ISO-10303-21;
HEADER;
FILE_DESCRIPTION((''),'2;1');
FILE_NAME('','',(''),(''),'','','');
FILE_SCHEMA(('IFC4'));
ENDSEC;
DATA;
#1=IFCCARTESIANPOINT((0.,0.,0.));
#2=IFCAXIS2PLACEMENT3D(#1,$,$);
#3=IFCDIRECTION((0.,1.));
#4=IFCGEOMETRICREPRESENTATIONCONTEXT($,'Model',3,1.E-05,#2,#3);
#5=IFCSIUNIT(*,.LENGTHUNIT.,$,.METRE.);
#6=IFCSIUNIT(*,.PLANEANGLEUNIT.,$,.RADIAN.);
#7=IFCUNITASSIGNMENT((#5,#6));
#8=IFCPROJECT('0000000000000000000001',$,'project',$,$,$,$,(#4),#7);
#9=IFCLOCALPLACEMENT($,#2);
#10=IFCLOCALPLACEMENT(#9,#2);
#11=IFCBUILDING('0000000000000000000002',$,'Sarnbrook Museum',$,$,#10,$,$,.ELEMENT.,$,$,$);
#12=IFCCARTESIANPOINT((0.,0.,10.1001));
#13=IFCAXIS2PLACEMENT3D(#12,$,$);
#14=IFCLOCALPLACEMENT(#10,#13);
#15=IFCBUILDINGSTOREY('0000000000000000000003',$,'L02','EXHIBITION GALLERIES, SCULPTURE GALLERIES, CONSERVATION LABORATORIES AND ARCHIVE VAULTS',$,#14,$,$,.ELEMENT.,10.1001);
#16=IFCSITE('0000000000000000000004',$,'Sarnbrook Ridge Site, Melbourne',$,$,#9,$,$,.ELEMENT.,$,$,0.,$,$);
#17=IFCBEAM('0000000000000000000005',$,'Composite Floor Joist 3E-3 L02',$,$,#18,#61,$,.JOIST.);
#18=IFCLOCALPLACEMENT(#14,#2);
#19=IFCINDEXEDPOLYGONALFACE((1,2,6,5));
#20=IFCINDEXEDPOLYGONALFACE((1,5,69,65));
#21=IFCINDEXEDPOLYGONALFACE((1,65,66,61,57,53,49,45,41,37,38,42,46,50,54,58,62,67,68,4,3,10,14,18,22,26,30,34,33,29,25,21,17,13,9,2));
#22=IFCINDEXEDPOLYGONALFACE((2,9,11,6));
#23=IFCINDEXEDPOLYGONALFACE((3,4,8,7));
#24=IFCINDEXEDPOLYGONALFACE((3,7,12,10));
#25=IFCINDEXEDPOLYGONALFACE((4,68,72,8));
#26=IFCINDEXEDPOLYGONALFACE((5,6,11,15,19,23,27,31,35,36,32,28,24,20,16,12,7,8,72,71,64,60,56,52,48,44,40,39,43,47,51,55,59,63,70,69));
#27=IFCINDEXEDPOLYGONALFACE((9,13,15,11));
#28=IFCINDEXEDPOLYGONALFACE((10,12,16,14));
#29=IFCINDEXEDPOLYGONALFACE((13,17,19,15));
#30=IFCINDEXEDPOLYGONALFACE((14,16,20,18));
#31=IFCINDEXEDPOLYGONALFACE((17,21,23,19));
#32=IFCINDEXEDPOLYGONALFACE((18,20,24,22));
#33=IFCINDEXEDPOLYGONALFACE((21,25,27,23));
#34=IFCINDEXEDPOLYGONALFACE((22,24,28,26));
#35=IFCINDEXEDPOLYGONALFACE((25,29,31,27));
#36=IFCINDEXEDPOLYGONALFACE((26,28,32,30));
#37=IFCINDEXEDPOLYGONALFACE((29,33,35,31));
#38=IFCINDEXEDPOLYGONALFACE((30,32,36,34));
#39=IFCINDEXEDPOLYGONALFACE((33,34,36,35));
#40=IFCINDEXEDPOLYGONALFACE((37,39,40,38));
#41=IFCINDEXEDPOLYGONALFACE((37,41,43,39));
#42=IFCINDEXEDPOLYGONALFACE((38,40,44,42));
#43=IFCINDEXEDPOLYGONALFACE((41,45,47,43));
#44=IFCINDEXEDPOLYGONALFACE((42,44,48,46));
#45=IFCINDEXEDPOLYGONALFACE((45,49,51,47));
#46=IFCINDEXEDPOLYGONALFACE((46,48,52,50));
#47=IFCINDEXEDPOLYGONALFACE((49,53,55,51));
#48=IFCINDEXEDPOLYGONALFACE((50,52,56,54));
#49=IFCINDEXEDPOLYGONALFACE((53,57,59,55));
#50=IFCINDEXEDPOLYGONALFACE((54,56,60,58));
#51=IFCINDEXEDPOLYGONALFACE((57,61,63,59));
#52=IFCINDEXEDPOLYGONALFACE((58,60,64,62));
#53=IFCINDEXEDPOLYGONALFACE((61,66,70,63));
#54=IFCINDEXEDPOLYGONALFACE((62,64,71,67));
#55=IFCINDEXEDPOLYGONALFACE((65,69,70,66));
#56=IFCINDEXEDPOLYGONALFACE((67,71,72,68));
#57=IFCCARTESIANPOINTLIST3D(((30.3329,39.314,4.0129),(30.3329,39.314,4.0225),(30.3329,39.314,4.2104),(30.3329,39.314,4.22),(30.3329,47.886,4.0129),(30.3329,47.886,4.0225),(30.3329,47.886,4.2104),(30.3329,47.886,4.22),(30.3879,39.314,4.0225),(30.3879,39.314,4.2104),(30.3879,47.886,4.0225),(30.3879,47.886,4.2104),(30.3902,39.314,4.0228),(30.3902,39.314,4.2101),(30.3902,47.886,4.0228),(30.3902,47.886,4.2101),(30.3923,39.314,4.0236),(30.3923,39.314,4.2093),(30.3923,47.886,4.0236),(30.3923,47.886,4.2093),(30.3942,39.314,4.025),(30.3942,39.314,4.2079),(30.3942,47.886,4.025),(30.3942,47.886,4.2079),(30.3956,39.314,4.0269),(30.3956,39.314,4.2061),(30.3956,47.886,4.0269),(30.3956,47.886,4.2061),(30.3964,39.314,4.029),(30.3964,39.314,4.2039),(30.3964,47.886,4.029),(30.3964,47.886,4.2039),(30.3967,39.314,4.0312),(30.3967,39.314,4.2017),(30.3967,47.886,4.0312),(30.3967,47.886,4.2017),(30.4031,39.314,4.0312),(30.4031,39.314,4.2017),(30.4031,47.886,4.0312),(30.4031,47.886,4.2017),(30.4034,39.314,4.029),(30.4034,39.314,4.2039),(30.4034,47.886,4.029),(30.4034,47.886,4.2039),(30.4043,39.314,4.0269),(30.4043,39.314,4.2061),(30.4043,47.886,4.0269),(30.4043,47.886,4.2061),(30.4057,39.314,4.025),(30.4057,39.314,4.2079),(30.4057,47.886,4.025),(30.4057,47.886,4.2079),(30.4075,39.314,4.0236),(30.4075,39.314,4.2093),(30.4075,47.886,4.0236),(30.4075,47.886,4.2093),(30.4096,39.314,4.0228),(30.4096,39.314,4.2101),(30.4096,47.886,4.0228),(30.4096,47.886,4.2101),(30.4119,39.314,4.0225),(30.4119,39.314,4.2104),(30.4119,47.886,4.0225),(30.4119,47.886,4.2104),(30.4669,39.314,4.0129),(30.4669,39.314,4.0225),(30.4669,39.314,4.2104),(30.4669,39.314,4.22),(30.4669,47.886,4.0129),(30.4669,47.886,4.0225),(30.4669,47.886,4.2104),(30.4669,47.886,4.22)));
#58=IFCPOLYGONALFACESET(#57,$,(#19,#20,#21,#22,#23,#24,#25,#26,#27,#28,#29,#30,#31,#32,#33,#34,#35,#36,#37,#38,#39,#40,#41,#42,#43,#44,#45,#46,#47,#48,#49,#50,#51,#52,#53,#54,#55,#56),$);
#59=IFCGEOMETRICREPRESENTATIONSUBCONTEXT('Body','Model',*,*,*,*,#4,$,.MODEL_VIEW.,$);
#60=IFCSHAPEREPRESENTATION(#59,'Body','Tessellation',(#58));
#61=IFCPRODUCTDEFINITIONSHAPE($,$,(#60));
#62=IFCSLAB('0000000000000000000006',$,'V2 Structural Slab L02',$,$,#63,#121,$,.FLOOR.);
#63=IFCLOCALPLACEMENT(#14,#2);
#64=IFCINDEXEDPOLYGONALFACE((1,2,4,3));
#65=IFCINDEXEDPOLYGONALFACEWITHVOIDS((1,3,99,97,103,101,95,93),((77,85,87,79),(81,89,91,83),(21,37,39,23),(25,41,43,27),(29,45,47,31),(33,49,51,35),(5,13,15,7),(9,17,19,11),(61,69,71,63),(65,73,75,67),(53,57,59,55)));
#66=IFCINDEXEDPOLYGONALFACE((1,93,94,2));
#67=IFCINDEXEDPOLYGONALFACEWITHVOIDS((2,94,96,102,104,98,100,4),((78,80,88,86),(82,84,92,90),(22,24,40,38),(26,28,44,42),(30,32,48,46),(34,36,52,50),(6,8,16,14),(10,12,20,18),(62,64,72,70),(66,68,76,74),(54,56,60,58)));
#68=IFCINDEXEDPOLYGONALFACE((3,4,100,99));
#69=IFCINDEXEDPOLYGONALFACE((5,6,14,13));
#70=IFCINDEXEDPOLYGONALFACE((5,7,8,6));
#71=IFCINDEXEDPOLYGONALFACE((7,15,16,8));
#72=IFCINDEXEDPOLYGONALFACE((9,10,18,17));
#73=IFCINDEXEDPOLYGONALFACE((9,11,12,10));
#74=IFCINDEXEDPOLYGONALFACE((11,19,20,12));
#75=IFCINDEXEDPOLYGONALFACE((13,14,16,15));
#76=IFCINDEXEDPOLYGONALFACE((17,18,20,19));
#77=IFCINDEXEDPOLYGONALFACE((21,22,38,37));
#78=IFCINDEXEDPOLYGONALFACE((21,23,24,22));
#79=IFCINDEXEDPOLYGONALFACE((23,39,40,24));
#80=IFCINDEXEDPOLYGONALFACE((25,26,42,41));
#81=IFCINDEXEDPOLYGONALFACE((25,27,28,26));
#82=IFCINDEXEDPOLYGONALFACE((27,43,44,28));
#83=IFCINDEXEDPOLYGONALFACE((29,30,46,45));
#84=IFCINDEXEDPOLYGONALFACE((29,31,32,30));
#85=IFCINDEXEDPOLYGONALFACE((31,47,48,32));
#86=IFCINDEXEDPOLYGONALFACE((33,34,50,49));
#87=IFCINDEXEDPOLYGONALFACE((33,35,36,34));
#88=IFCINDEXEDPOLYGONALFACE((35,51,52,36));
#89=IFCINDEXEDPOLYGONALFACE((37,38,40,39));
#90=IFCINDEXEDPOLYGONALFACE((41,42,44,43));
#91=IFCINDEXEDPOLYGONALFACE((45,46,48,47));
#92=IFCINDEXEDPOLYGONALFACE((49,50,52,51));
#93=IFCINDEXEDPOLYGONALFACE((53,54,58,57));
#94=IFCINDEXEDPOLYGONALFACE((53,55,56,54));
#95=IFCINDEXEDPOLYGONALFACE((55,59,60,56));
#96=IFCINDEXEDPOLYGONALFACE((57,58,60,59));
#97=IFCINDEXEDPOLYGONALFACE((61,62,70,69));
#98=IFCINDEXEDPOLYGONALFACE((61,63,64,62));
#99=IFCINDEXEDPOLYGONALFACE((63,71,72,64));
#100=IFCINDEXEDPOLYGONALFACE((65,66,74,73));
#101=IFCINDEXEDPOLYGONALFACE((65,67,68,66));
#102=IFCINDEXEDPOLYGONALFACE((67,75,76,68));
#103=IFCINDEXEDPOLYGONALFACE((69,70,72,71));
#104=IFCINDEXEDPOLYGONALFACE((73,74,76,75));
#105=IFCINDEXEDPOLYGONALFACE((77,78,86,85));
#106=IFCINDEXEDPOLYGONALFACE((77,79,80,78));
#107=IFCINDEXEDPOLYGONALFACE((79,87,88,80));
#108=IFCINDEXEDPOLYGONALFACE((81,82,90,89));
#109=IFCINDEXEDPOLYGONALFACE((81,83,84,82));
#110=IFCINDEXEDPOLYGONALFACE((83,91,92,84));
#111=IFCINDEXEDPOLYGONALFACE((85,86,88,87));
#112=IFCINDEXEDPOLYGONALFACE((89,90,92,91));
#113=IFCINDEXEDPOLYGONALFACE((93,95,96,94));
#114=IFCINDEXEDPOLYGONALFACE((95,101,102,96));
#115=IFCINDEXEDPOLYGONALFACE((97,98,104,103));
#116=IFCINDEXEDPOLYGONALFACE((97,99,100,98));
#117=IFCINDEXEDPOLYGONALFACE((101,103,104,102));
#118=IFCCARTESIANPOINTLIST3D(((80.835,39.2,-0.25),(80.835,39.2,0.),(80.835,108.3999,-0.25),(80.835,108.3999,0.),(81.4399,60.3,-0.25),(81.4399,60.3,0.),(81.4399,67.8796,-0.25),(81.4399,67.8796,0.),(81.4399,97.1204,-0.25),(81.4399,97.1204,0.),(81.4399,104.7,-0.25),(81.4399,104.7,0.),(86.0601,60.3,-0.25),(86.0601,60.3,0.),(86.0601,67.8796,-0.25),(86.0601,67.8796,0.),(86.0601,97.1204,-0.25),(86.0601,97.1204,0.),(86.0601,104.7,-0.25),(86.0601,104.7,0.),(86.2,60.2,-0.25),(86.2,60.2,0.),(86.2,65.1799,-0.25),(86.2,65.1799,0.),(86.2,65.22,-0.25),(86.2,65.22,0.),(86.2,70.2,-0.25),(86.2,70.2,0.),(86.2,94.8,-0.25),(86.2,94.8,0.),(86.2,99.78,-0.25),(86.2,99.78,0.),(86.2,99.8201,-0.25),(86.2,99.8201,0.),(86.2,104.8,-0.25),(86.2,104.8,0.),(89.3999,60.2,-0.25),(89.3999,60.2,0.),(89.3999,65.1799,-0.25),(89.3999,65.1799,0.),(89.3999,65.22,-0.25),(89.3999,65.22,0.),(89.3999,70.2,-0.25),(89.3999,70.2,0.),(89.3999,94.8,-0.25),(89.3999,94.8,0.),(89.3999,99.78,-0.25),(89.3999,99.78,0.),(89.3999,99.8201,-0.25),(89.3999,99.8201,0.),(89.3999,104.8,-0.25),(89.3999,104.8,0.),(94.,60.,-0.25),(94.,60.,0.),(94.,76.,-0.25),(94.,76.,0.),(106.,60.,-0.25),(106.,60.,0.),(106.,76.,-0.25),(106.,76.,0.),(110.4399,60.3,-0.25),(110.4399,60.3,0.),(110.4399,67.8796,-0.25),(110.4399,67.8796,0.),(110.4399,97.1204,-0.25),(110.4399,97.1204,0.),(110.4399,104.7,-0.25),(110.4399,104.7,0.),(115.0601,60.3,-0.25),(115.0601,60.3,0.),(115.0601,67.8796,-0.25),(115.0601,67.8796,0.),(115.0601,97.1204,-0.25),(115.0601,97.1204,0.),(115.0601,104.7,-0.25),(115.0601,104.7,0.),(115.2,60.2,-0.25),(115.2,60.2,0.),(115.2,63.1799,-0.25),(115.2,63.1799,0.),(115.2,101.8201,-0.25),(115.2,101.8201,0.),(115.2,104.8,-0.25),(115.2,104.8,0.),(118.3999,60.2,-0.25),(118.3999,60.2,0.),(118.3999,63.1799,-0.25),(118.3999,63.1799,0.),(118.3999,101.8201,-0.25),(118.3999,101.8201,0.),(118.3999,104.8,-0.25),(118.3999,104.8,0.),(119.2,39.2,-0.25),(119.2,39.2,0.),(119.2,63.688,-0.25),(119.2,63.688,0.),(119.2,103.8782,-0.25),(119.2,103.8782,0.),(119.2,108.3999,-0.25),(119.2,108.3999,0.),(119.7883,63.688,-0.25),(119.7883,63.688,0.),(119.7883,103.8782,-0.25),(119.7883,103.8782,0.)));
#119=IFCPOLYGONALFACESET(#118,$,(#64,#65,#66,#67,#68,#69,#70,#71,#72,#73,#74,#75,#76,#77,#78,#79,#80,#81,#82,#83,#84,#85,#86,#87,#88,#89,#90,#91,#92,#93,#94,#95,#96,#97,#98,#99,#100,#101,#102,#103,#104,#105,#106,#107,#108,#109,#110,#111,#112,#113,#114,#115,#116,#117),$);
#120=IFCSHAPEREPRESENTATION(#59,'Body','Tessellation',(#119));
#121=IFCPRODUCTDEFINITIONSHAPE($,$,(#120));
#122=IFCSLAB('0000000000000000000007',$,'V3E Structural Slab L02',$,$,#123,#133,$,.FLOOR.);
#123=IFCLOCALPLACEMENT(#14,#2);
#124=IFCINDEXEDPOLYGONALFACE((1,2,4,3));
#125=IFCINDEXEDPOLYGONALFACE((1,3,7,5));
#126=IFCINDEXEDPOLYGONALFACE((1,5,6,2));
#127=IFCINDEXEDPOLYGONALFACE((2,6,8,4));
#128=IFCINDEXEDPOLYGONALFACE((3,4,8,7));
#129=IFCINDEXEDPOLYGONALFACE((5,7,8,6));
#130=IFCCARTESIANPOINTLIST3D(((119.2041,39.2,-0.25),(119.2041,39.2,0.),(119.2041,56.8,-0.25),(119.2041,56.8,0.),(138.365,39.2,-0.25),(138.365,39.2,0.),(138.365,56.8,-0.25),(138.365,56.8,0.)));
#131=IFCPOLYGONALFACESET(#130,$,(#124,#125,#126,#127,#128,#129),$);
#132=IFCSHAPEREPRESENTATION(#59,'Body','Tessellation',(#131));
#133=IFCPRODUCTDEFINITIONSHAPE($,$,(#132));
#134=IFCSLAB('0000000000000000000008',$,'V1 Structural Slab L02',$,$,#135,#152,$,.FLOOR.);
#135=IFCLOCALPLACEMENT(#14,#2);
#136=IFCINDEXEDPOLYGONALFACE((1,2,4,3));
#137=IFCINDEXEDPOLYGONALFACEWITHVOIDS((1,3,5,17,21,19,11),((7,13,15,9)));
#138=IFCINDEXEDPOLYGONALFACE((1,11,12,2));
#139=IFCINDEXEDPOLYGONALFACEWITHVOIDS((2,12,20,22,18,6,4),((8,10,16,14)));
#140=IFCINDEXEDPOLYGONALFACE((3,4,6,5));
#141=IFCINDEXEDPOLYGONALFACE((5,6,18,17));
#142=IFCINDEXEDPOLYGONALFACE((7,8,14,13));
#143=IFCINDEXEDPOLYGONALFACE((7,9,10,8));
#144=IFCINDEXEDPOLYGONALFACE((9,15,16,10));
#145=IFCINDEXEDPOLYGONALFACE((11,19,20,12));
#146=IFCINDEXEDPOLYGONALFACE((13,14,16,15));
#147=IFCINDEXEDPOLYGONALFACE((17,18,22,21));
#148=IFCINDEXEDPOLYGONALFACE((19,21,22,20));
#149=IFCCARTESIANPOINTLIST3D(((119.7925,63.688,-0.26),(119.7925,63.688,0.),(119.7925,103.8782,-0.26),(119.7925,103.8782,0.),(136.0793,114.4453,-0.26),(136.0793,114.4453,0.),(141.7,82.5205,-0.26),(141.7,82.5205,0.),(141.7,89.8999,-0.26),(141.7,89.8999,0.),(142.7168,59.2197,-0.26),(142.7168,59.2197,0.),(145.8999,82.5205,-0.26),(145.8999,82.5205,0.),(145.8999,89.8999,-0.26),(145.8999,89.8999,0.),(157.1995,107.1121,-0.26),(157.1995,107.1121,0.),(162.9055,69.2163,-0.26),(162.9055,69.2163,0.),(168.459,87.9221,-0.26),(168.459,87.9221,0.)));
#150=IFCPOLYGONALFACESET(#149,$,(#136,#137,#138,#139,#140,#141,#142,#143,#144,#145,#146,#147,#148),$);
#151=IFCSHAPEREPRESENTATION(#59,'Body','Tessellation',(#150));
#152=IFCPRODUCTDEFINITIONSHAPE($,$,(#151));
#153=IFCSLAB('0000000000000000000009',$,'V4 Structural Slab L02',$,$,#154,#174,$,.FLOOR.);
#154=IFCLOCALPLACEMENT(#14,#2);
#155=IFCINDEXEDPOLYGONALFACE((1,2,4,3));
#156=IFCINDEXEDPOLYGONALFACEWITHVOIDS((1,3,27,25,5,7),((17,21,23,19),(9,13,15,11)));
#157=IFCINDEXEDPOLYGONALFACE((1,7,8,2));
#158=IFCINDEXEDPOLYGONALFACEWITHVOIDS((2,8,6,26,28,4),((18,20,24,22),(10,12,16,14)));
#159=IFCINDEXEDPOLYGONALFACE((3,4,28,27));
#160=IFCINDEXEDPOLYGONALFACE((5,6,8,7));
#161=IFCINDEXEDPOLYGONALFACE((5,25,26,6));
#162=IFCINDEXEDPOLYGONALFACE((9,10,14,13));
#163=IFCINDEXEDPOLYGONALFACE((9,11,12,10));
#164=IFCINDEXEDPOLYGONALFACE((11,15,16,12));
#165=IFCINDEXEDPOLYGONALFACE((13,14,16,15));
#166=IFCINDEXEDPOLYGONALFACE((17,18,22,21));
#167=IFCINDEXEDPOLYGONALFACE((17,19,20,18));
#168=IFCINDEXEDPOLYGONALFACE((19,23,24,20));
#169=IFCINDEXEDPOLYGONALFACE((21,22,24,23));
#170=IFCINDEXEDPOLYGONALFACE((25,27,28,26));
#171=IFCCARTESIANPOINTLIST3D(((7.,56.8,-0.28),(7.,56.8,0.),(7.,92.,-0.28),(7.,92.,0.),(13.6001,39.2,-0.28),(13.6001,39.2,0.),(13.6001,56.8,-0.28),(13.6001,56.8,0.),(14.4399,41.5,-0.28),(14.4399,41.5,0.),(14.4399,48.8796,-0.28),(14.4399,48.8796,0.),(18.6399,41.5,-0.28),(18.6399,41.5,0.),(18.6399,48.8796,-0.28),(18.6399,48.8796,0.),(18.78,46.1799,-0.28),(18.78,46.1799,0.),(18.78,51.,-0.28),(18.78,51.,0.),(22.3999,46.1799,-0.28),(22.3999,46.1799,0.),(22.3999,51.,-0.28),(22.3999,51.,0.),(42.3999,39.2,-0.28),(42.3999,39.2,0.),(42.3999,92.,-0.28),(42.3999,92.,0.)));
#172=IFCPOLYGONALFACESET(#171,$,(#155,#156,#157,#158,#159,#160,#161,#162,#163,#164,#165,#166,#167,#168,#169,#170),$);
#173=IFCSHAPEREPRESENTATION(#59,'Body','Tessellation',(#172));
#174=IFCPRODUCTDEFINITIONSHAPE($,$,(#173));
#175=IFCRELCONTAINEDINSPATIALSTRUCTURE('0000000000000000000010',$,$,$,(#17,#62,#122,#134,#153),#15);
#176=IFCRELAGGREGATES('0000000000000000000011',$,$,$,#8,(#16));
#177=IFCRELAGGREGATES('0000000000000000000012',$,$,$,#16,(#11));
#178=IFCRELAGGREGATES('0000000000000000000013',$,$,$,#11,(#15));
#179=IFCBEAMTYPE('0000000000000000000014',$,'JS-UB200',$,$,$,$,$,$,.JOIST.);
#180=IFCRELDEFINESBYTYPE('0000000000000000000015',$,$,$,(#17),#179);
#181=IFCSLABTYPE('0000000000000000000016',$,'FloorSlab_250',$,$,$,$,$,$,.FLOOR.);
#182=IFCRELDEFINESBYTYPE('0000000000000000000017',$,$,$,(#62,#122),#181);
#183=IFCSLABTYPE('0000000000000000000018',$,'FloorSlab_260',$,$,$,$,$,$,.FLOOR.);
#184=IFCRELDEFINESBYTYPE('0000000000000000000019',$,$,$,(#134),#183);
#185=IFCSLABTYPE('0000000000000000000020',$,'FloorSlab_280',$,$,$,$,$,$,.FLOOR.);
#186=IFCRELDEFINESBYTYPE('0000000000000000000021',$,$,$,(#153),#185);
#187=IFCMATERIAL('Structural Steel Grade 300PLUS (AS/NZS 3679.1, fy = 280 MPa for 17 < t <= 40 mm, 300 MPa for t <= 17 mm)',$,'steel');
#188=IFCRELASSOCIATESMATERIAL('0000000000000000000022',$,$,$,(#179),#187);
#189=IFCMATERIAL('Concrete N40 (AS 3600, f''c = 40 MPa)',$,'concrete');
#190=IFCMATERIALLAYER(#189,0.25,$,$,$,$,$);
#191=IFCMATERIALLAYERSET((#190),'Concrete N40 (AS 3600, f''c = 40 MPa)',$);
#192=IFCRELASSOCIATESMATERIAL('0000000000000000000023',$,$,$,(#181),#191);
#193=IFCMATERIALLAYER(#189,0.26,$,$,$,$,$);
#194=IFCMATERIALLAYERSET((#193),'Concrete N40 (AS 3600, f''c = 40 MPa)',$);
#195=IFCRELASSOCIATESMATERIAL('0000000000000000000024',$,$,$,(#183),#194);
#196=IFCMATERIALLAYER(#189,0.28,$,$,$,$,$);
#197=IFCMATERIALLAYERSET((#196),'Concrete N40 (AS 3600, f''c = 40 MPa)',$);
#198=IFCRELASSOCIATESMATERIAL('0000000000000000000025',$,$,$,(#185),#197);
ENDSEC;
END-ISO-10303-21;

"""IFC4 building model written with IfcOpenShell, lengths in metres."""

from ifc_helpers import new_model, si_unit, direction, frame, origin, origin_2d, place, context, subcontext, project, spatial, polyline, i_section, outline, extrude, material, layer, layer_set, material_profile, profile_set, type_object, element, save


model = new_model("IFC4")

# Units and contexts
model_context = context("Model", 3, precision=1e-05, world=origin(), true_north=direction((0.0, 1.0)))
body_context = subcontext(model_context, "Body", "Model", "MODEL_VIEW")
ifc_project = project(units=[si_unit("LENGTHUNIT", "METRE"), si_unit("PLANEANGLEUNIT", "RADIAN")], contexts=[model_context])

# Site, building, storey
site_placement = place(None, origin())
site = spatial("IfcSite", under=ifc_project, at=site_placement, Name="Sarnbrook Ridge Site, Melbourne", CompositionType="ELEMENT", RefElevation=0.0)
building_placement = place(site_placement, origin())
building = spatial("IfcBuilding", under=site, at=building_placement, Name="Sarnbrook Museum", CompositionType="ELEMENT")
storey_placement = place(building_placement, frame((0.0, 0.0, 10.1001)))
storey = spatial("IfcBuildingStorey", under=building, at=storey_placement, Name="L02", Description="EXHIBITION GALLERIES, SCULPTURE GALLERIES, CONSERVATION LABORATORIES AND ARCHIVE VAULTS", CompositionType="ELEMENT", Elevation=10.1001)

# Shared definitions
ifc_material_1 = material(Name="Structural Steel Grade 300PLUS (AS/NZS 3679.1, fy = 280 MPa for 17 < t <= 40 mm, 300 MPa for t <= 17 mm)", Category="steel")

# Beam
ifc_material_profile_1 = material_profile(ifc_material_1, i_section(OverallWidth=0.134, OverallDepth=0.207, WebThickness=0.0063, FlangeThickness=0.0095, FilletRadius=0.0088, at=origin_2d()), Name="200UB29.8")
ifc_profile_set_1 = profile_set([ifc_material_profile_1], Name="Structural Steel Grade 300PLUS (AS/NZS 3679.1, fy = 280 MPa for 17 < t <= 40 mm, 300 MPa for t <= 17 mm)")
beam_type_1 = type_object("IfcBeamType", Name="JS-UB200", PredefinedType="JOIST", material=ifc_profile_set_1)
for number, where, z_axis, x_axis, name in (
    (1, (30.3999, 39.314, 4.1165), (0.0, 1.0, 0.0), (-1.0, 0.0, 0.0), "Composite Floor Joist 3E-3 L02"),
):
    element("IfcBeam", number, at=place(storey_placement, frame(where, z_axis=z_axis, x_axis=x_axis)), inside=storey, type_object=beam_type_1, Name=name, PredefinedType="JOIST", context=body_context, shape_type="SweptSolid", body=[
        extrude(i_section(OverallWidth=0.134, OverallDepth=0.207, WebThickness=0.0063, FlangeThickness=0.0095, FilletRadius=0.0088, at=origin_2d()), origin(), (0.0, 0.0, 1.0), 8.572),
    ])

# Slabs
ifc_material_2 = material(Name="Concrete N40 (AS 3600, f'c = 40 MPa)", Category="concrete")
ifc_layer_1 = layer(ifc_material_2, 0.25)
ifc_layer_set_1 = layer_set([ifc_layer_1], Name="Concrete N40 (AS 3600, f'c = 40 MPa)")
slab_type_1 = type_object("IfcSlabType", Name="FloorSlab_250", PredefinedType="FLOOR", material=ifc_layer_set_1)
slab_1_placement = place(storey_placement, frame((0.0, 0.0, -0.25)))
element("IfcSlab", 2, at=slab_1_placement, inside=storey, type_object=slab_type_1, Name="V2 Structural Slab L02", PredefinedType="FLOOR", context=body_context, shape_type="SweptSolid", body=[
    extrude(outline(polyline([(119.7883, 103.8782), (119.7883, 63.688), (119.2, 63.688), (119.2, 39.2), (80.835, 39.2), (80.835, 108.3999), (119.2, 108.3999), (119.2, 103.8782), (119.7883, 103.8782)]), holes=[polyline([(86.2, 65.1799), (89.3999, 65.1799), (89.3999, 60.2), (86.2, 60.2), (86.2, 65.1799)]), polyline([(81.4399, 67.8796), (86.0601, 67.8796), (86.0601, 60.3), (81.4399, 60.3), (81.4399, 67.8796)]), polyline([(86.2, 70.2), (89.3999, 70.2), (89.3999, 65.22), (86.2, 65.22), (86.2, 70.2)]), polyline([(89.3999, 99.78), (89.3999, 94.8), (86.2, 94.8), (86.2, 99.78), (89.3999, 99.78)]), polyline([(86.0601, 104.7), (86.0601, 97.1204), (81.4399, 97.1204), (81.4399, 104.7), (86.0601, 104.7)]), polyline([(86.2, 104.8), (89.3999, 104.8), (89.3999, 99.8201), (86.2, 99.8201), (86.2, 104.8)]), polyline([(118.3999, 63.1799), (118.3999, 60.2), (115.2, 60.2), (115.2, 63.1799), (118.3999, 63.1799)]), polyline([(115.0601, 67.8796), (115.0601, 60.3), (110.4399, 60.3), (110.4399, 67.8796), (115.0601, 67.8796)]), polyline([(94.0, 76.0), (106.0, 76.0), (106.0, 60.0), (94.0, 60.0), (94.0, 76.0)]), polyline([(115.0601, 104.7), (115.0601, 97.1204), (110.4399, 97.1204), (110.4399, 104.7), (115.0601, 104.7)]), polyline([(118.3999, 104.8), (118.3999, 101.8201), (115.2, 101.8201), (115.2, 104.8), (118.3999, 104.8)])]), origin(), (0.0, 0.0, 1.0), 0.25),
])
slab_2_placement = place(storey_placement, frame((0.0, 0.0, -0.25)))
element("IfcSlab", 3, at=slab_2_placement, inside=storey, type_object=slab_type_1, Name="V3E Structural Slab L02", PredefinedType="FLOOR", context=body_context, shape_type="SweptSolid", body=[
    extrude(outline(polyline([(138.365, 56.8), (138.365, 39.2), (119.2041, 39.2), (119.2041, 56.8), (138.365, 56.8)])), origin(), (0.0, 0.0, 1.0), 0.25),
])
ifc_layer_2 = layer(ifc_material_2, 0.26)
ifc_layer_set_2 = layer_set([ifc_layer_2], Name="Concrete N40 (AS 3600, f'c = 40 MPa)")
slab_type_2 = type_object("IfcSlabType", Name="FloorSlab_260", PredefinedType="FLOOR", material=ifc_layer_set_2)
slab_3_placement = place(storey_placement, frame((0.0, 0.0, -0.26)))
element("IfcSlab", 4, at=slab_3_placement, inside=storey, type_object=slab_type_2, Name="V1 Structural Slab L02", PredefinedType="FLOOR", context=body_context, shape_type="SweptSolid", body=[
    extrude(outline(polyline([(136.0793, 114.4453), (157.1995, 107.1121), (168.459, 87.9221), (162.9055, 69.2163), (142.7168, 59.2197), (119.7925, 63.688), (119.7925, 103.8782), (136.0793, 114.4453)]), holes=[polyline([(145.8999, 82.5205), (141.7, 82.5205), (141.7, 89.8999), (145.8999, 89.8999), (145.8999, 82.5205)])]), origin(), (0.0, 0.0, 1.0), 0.26),
])
ifc_layer_3 = layer(ifc_material_2, 0.28)
ifc_layer_set_3 = layer_set([ifc_layer_3], Name="Concrete N40 (AS 3600, f'c = 40 MPa)")
slab_type_3 = type_object("IfcSlabType", Name="FloorSlab_280", PredefinedType="FLOOR", material=ifc_layer_set_3)
slab_4_placement = place(storey_placement, frame((0.0, 0.0, -0.28)))
element("IfcSlab", 5, at=slab_4_placement, inside=storey, type_object=slab_type_3, Name="V4 Structural Slab L02", PredefinedType="FLOOR", context=body_context, shape_type="SweptSolid", body=[
    extrude(outline(polyline([(7.0, 92.0), (42.3999, 92.0), (42.3999, 39.2), (13.6001, 39.2), (13.6001, 56.8), (7.0, 56.8), (7.0, 92.0)]), holes=[polyline([(18.6399, 41.5), (14.4399, 41.5), (14.4399, 48.8796), (18.6399, 48.8796), (18.6399, 41.5)]), polyline([(22.3999, 46.1799), (18.78, 46.1799), (18.78, 51.0), (22.3999, 51.0), (22.3999, 46.1799)])]), origin(), (0.0, 0.0, 1.0), 0.28),
])

save(model, "model.ifc")
